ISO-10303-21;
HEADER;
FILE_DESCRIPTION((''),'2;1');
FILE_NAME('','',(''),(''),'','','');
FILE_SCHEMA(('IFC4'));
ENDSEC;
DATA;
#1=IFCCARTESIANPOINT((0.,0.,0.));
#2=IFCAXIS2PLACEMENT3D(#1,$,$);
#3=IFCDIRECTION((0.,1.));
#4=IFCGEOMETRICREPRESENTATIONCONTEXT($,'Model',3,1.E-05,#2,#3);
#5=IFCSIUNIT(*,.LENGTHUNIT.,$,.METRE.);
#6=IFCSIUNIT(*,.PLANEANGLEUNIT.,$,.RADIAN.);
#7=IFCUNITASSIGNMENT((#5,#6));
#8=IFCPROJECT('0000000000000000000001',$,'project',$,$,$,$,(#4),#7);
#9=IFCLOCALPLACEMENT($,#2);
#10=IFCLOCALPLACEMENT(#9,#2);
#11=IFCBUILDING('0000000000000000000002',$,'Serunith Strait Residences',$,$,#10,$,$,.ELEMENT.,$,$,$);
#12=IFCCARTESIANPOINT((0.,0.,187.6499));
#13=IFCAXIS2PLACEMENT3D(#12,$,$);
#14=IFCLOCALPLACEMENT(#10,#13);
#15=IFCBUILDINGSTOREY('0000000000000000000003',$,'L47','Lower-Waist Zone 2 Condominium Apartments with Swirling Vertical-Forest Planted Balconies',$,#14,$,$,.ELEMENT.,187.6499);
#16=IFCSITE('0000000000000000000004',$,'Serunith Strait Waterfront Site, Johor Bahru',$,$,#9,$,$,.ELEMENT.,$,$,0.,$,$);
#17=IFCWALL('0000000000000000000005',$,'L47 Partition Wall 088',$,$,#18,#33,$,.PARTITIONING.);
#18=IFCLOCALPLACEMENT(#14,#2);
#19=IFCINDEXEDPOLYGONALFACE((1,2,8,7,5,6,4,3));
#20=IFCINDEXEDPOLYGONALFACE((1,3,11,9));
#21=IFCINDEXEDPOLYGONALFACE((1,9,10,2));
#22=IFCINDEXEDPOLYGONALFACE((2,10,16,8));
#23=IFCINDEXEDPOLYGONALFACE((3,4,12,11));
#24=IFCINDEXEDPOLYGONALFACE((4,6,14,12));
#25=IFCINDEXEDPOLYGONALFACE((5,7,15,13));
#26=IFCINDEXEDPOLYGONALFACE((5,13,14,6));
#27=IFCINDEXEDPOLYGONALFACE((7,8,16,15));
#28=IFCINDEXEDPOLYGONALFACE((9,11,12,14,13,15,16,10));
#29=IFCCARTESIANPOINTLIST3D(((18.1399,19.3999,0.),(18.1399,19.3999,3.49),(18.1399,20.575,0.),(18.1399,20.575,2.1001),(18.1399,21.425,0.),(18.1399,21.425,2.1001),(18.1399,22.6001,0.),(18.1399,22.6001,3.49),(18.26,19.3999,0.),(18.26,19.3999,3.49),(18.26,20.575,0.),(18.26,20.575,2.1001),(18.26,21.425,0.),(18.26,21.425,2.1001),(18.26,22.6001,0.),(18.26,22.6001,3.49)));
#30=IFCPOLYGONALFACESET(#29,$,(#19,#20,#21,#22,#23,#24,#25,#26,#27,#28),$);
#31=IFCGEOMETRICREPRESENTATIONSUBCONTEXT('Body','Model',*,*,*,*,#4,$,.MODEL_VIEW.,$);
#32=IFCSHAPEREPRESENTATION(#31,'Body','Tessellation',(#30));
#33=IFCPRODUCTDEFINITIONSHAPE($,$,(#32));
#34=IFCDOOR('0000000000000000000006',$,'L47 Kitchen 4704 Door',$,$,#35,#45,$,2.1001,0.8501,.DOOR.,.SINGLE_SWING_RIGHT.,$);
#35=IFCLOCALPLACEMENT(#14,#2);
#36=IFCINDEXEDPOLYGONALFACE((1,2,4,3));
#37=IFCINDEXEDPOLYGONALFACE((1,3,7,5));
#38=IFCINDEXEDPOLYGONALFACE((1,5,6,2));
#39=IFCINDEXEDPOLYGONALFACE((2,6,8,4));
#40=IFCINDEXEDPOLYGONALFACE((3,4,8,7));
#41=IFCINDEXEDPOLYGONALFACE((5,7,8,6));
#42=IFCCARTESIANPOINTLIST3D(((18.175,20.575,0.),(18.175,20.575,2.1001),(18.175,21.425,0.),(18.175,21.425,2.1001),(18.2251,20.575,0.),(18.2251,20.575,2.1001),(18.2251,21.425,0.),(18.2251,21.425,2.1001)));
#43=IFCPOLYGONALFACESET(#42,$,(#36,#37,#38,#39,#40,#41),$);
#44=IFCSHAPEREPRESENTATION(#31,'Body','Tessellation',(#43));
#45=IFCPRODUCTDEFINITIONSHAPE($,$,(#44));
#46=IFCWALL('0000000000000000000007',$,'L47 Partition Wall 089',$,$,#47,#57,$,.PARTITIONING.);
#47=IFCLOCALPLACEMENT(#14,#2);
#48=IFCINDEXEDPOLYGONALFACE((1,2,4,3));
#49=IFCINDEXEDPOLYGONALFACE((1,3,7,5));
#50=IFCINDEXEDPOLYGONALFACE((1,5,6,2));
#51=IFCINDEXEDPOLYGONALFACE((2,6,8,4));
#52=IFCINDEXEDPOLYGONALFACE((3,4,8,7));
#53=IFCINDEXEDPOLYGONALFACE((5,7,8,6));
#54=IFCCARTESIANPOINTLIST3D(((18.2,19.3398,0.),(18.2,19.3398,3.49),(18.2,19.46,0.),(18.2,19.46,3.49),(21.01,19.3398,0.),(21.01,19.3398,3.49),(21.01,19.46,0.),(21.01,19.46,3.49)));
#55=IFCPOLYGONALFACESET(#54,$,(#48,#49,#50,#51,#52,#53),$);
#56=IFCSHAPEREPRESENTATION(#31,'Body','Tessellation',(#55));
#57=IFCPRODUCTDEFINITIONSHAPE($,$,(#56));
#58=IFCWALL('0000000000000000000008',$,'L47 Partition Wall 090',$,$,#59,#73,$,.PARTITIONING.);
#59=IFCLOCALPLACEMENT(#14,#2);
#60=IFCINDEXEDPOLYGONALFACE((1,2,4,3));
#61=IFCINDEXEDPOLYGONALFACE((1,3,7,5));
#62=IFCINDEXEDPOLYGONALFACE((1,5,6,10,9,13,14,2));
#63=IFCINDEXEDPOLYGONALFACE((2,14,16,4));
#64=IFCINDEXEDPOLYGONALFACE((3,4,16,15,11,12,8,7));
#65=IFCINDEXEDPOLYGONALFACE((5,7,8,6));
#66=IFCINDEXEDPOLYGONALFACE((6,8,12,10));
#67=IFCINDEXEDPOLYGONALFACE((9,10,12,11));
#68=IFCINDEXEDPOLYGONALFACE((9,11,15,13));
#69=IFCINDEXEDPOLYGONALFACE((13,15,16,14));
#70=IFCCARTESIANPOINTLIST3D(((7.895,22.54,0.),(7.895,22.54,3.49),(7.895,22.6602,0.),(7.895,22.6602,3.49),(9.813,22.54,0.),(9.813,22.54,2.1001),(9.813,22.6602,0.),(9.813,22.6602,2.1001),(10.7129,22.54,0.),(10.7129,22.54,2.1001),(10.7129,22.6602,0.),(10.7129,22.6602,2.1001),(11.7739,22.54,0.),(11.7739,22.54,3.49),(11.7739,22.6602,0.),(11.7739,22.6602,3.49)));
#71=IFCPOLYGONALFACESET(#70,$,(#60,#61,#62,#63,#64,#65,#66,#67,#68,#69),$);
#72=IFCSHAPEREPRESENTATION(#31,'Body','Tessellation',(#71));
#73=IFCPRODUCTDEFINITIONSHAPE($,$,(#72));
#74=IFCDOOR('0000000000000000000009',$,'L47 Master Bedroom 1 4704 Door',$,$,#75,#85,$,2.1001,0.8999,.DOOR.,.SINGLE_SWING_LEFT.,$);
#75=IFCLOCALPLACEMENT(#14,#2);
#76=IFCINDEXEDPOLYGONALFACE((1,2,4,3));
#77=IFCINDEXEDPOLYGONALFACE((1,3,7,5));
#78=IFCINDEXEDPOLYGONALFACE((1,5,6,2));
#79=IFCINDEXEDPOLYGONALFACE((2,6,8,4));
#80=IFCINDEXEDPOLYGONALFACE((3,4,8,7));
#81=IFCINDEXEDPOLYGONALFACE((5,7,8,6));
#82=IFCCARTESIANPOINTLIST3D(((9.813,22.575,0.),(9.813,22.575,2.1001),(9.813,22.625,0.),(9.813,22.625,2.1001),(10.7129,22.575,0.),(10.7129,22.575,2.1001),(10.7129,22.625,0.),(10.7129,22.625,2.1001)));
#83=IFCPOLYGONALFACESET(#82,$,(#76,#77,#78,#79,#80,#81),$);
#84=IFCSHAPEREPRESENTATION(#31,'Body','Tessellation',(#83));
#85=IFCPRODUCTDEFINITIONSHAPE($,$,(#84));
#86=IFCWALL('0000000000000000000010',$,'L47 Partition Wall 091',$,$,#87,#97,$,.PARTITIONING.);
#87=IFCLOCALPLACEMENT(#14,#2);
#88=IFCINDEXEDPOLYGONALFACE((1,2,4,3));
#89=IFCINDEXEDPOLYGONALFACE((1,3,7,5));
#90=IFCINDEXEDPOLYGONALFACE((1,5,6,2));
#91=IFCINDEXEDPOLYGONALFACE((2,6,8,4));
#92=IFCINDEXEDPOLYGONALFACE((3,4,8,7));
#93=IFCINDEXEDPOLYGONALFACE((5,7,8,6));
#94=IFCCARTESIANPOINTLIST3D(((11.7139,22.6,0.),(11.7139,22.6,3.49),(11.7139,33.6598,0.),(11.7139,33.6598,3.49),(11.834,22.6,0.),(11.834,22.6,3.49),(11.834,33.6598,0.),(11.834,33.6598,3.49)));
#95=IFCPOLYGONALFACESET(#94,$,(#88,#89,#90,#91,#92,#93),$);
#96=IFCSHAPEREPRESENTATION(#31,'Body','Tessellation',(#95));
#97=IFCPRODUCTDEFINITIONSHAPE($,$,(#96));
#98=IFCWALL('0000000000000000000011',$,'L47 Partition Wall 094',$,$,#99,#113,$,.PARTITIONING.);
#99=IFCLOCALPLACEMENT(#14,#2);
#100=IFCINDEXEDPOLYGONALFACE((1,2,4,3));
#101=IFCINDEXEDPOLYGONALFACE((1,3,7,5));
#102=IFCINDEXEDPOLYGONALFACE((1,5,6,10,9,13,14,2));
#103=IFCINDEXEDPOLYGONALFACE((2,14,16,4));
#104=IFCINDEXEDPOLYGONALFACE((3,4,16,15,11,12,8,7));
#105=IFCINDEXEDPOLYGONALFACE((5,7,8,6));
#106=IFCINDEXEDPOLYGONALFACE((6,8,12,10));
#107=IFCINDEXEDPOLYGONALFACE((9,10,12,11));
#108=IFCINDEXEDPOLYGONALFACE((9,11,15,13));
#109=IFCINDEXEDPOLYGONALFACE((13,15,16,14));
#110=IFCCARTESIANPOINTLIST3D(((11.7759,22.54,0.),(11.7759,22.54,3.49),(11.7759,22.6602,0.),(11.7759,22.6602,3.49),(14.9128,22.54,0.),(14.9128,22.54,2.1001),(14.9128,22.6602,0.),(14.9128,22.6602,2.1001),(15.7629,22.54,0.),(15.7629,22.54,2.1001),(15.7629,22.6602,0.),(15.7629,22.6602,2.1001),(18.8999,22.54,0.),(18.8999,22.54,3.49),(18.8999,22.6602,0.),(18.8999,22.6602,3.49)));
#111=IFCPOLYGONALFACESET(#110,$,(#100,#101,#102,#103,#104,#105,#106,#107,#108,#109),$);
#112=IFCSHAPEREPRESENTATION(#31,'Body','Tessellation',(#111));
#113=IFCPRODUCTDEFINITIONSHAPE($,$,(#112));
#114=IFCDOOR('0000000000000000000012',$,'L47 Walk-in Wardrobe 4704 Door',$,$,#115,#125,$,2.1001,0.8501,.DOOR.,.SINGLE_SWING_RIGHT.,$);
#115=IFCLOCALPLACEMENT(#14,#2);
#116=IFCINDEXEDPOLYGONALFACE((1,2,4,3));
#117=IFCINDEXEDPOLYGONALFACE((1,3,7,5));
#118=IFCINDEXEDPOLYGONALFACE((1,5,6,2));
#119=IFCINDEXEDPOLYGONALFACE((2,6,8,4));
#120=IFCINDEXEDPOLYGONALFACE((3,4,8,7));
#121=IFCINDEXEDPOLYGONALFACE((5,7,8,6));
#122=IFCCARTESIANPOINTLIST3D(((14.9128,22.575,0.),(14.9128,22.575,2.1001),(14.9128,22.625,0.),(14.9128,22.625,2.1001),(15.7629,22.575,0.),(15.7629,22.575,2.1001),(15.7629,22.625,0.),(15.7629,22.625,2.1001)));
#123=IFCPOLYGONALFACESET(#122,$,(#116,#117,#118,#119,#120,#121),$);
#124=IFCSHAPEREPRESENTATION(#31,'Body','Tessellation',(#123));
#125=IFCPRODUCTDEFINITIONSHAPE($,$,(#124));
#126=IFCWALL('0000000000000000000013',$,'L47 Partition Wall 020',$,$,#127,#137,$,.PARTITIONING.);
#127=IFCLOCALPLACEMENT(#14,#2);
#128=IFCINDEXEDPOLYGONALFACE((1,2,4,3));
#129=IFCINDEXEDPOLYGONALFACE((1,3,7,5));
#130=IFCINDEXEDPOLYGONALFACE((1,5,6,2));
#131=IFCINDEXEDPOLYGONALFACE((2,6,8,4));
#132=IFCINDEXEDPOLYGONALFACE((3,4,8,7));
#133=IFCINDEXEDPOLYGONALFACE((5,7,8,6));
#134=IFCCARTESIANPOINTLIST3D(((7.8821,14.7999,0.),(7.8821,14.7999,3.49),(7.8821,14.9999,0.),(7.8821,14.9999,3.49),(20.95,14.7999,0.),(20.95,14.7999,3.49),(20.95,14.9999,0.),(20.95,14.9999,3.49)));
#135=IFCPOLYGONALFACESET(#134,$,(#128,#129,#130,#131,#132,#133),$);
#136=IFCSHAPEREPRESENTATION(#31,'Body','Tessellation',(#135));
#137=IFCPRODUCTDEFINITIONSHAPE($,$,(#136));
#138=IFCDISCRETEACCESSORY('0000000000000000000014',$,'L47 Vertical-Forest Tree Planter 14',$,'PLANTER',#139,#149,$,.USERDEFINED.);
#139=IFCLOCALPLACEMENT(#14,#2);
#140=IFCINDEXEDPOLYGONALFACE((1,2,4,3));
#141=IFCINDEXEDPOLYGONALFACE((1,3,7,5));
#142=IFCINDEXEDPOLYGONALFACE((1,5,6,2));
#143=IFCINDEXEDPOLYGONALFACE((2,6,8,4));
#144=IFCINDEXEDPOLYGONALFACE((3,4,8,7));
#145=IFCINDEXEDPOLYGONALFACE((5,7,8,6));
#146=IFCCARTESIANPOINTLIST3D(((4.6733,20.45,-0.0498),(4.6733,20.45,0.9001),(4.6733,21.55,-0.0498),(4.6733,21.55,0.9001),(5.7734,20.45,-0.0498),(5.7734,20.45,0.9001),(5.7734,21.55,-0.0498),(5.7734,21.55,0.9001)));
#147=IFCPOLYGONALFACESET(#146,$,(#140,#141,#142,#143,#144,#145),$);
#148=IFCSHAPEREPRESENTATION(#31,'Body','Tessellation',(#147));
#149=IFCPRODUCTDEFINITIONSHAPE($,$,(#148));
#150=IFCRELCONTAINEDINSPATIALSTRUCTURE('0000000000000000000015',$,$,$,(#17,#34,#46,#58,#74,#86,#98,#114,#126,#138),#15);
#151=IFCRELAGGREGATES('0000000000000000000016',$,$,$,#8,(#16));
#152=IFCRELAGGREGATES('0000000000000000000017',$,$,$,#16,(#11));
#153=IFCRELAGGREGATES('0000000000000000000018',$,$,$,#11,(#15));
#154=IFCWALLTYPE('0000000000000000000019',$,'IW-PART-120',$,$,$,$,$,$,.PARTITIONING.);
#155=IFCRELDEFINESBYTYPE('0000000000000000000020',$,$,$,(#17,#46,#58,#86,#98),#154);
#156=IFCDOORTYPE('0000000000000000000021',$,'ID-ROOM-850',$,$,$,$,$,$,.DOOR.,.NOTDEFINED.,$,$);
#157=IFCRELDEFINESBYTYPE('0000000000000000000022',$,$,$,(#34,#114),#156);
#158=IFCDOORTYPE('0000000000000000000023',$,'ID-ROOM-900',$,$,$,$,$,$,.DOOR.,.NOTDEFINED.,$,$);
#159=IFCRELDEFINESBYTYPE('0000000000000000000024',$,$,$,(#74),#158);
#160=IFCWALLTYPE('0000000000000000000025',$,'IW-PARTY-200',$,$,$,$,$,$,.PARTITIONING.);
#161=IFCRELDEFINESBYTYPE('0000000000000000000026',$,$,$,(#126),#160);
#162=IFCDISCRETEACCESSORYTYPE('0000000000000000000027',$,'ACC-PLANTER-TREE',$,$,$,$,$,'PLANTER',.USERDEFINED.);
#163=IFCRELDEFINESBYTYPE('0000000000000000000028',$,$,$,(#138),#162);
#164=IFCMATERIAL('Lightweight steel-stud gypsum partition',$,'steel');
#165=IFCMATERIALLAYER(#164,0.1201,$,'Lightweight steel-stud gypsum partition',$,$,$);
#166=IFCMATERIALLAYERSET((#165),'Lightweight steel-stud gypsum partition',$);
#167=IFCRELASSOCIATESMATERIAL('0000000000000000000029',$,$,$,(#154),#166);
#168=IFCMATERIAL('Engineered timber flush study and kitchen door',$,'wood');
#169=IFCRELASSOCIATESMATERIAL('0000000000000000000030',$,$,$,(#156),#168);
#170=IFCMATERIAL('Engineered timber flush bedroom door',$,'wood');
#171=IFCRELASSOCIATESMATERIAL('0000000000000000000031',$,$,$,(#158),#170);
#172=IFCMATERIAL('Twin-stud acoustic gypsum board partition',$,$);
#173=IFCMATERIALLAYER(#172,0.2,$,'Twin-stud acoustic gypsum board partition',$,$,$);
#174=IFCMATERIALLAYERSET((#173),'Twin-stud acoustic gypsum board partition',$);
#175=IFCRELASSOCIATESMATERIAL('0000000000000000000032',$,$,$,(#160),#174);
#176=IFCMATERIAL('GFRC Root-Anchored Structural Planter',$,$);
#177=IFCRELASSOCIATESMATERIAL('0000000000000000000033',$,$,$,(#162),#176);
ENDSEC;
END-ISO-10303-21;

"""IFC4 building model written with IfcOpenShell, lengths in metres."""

from ifc_helpers import new_model, si_unit, direction, frame, frame_2d, origin, origin_2d, place, context, subcontext, project, spatial, rectangle, extrude, source, transform, mapped, material, layer, layer_set, type_object, element, fill, save


model = new_model("IFC4")

# Units and contexts
model_context = context("Model", 3, precision=1e-05, world=origin(), true_north=direction((0.0, 1.0)))
body_context = subcontext(model_context, "Body", "Model", "MODEL_VIEW")
ifc_project = project(units=[si_unit("LENGTHUNIT", "METRE"), si_unit("PLANEANGLEUNIT", "RADIAN")], contexts=[model_context])

# Site, building, storey
site_placement = place(None, origin())
site = spatial("IfcSite", under=ifc_project, at=site_placement, Name="Serunith Strait Waterfront Site, Johor Bahru", CompositionType="ELEMENT", RefElevation=0.0)
building_placement = place(site_placement, origin())
building = spatial("IfcBuilding", under=site, at=building_placement, Name="Serunith Strait Residences", CompositionType="ELEMENT")
storey_placement = place(building_placement, frame((0.0, 0.0, 187.6499)))
storey = spatial("IfcBuildingStorey", under=building, at=storey_placement, Name="L47", Description="Lower-Waist Zone 2 Condominium Apartments with Swirling Vertical-Forest Planted Balconies", CompositionType="ELEMENT", Elevation=187.6499)

# Wall, opening, door
ifc_material_1 = material(Name="Lightweight steel-stud gypsum partition", Category="steel")
ifc_layer_1 = layer(ifc_material_1, 0.1201, Name="Lightweight steel-stud gypsum partition")
ifc_layer_set_1 = layer_set([ifc_layer_1], Name="Lightweight steel-stud gypsum partition")
wall_type_1 = type_object("IfcWallType", Name="IW-PART-120", PredefinedType="PARTITIONING", material=ifc_layer_set_1)
wall_1_placement = place(storey_placement, frame((18.2, 19.3999, 0.0), z_axis=(0.0, 0.0, 1.0), x_axis=(0.0, 1.0, 0.0)))
wall_1 = element("IfcWall", 1, at=wall_1_placement, inside=storey, type_object=wall_type_1, Name="L47 Partition Wall 088", PredefinedType="PARTITIONING", context=body_context, shape_type="SweptSolid", body=[
    extrude(rectangle(XDim=3.2002, YDim=0.1201, at=frame_2d((1.6001, 0.0))), origin(), (0.0, 0.0, 1.0), 3.49),
])
opening_1_placement = place(wall_1_placement, frame((1.175, 0.0, 0.0)))
opening_1 = element("IfcOpeningElement", 2, at=opening_1_placement, cuts=wall_1, PredefinedType="OPENING", context=body_context, shape_type="SweptSolid", body=[
    extrude(rectangle(XDim=0.8501, YDim=2.1001, at=frame_2d((0.425, 1.05))), frame((0.0, 0.0701, 0.0), z_axis=(0.0, -1.0, 0.0), x_axis=(1.0, 0.0, 0.0)), (0.0, 0.0, 1.0), 0.1401),
])
ifc_material_2 = material(Name="Engineered timber flush study and kitchen door", Category="wood")
door_type_1 = type_object("IfcDoorType", Name="ID-ROOM-850", OperationType="NOTDEFINED", PredefinedType="DOOR", material=ifc_material_2)
shared_shape_1 = source(origin(), body_context, "Body", "SweptSolid", [
    extrude(rectangle(XDim=0.8501, YDim=2.1001, at=frame_2d((0.425, 1.05))), frame((0.0, 0.0249, 0.0), z_axis=(0.0, -1.0, 0.0), x_axis=(1.0, 0.0, 0.0)), (0.0, 0.0, 1.0), 0.05),
])
door_1_placement = place(opening_1_placement, origin())
door_1 = element("IfcDoor", 3, at=door_1_placement, inside=storey, type_object=door_type_1, Name="L47 Kitchen 4704 Door", OperationType="SINGLE_SWING_RIGHT", OverallHeight=2.1001, OverallWidth=0.8501, PredefinedType="DOOR", context=body_context, shape_type="MappedRepresentation", body=[
    mapped(shared_shape_1, transform((0.0, 0.0, 0.0), scale=1.0)),
])
fill(opening_1, door_1)

# Wall
wall_2_placement = place(storey_placement, frame((18.2, 19.3999, 0.0), z_axis=(0.0, 0.0, 1.0), x_axis=(1.0, 0.0, 0.0)))
element("IfcWall", 4, at=wall_2_placement, inside=storey, type_object=wall_type_1, Name="L47 Partition Wall 089", PredefinedType="PARTITIONING", context=body_context, shape_type="SweptSolid", body=[
    extrude(rectangle(XDim=2.8101, YDim=0.1201, at=frame_2d((1.405, 0.0))), origin(), (0.0, 0.0, 1.0), 3.49),
])

# Wall, opening, door
wall_3_placement = place(storey_placement, frame((7.895, 22.6001, 0.0), z_axis=(0.0, 0.0, 1.0), x_axis=(1.0, 0.0, 0.0)))
wall_3 = element("IfcWall", 5, at=wall_3_placement, inside=storey, type_object=wall_type_1, Name="L47 Partition Wall 090", PredefinedType="PARTITIONING", context=body_context, shape_type="SweptSolid", body=[
    extrude(rectangle(XDim=3.8789, YDim=0.1201, at=frame_2d((1.9395, 0.0))), origin(), (0.0, 0.0, 1.0), 3.49),
])
opening_2_placement = place(wall_3_placement, frame((1.918, 0.0, 0.0)))
opening_2 = element("IfcOpeningElement", 6, at=opening_2_placement, cuts=wall_3, PredefinedType="OPENING", context=body_context, shape_type="SweptSolid", body=[
    extrude(rectangle(XDim=0.8999, YDim=2.1001, at=frame_2d((0.45, 1.05))), frame((0.0, 0.0701, 0.0), z_axis=(0.0, -1.0, 0.0), x_axis=(1.0, 0.0, 0.0)), (0.0, 0.0, 1.0), 0.1401),
])
ifc_material_3 = material(Name="Engineered timber flush bedroom door", Category="wood")
door_type_2 = type_object("IfcDoorType", Name="ID-ROOM-900", OperationType="NOTDEFINED", PredefinedType="DOOR", material=ifc_material_3)
shared_shape_2 = source(origin(), body_context, "Body", "SweptSolid", [
    extrude(rectangle(XDim=0.8999, YDim=2.1001, at=frame_2d((0.45, 1.05))), frame((0.0, 0.0249, 0.0), z_axis=(0.0, -1.0, 0.0), x_axis=(1.0, 0.0, 0.0)), (0.0, 0.0, 1.0), 0.05),
])
door_2_placement = place(opening_2_placement, origin())
door_2 = element("IfcDoor", 7, at=door_2_placement, inside=storey, type_object=door_type_2, Name="L47 Master Bedroom 1 4704 Door", OperationType="SINGLE_SWING_LEFT", OverallHeight=2.1001, OverallWidth=0.8999, PredefinedType="DOOR", context=body_context, shape_type="MappedRepresentation", body=[
    mapped(shared_shape_2, transform((0.0, 0.0, 0.0), scale=1.0)),
])
fill(opening_2, door_2)

# Wall
wall_4_placement = place(storey_placement, frame((11.7739, 22.6001, 0.0), z_axis=(0.0, 0.0, 1.0), x_axis=(0.0, 1.0, 0.0)))
element("IfcWall", 8, at=wall_4_placement, inside=storey, type_object=wall_type_1, Name="L47 Partition Wall 091", PredefinedType="PARTITIONING", context=body_context, shape_type="SweptSolid", body=[
    extrude(rectangle(XDim=11.0598, YDim=0.1201, at=frame_2d((5.5298, 0.0))), origin(), (0.0, 0.0, 1.0), 3.49),
])

# Wall, opening, door
wall_5_placement = place(storey_placement, frame((11.7759, 22.6001, 0.0), z_axis=(0.0, 0.0, 1.0), x_axis=(1.0, 0.0, 0.0)))
wall_5 = element("IfcWall", 9, at=wall_5_placement, inside=storey, type_object=wall_type_1, Name="L47 Partition Wall 094", PredefinedType="PARTITIONING", context=body_context, shape_type="SweptSolid", body=[
    extrude(rectangle(XDim=7.124, YDim=0.1201, at=frame_2d((3.562, 0.0))), origin(), (0.0, 0.0, 1.0), 3.49),
])
opening_3_placement = place(wall_5_placement, frame((3.137, 0.0, 0.0)))
opening_3 = element("IfcOpeningElement", 10, at=opening_3_placement, cuts=wall_5, PredefinedType="OPENING", context=body_context, shape_type="SweptSolid", body=[
    extrude(rectangle(XDim=0.8501, YDim=2.1001, at=frame_2d((0.425, 1.05))), frame((0.0, 0.0701, 0.0), z_axis=(0.0, -1.0, 0.0), x_axis=(1.0, 0.0, 0.0)), (0.0, 0.0, 1.0), 0.1401),
])
door_3_placement = place(opening_3_placement, origin())
door_3 = element("IfcDoor", 11, at=door_3_placement, inside=storey, type_object=door_type_1, Name="L47 Walk-in Wardrobe 4704 Door", OperationType="SINGLE_SWING_RIGHT", OverallHeight=2.1001, OverallWidth=0.8501, PredefinedType="DOOR", context=body_context, shape_type="MappedRepresentation", body=[
    mapped(shared_shape_1, transform((0.0, 0.0, 0.0), scale=1.0)),
])
fill(opening_3, door_3)

# Wall
ifc_material_4 = material(Name="Twin-stud acoustic gypsum board partition")
ifc_layer_2 = layer(ifc_material_4, 0.2, Name="Twin-stud acoustic gypsum board partition")
ifc_layer_set_2 = layer_set([ifc_layer_2], Name="Twin-stud acoustic gypsum board partition")
wall_type_2 = type_object("IfcWallType", Name="IW-PARTY-200", PredefinedType="PARTITIONING", material=ifc_layer_set_2)
wall_6_placement = place(storey_placement, frame((7.8821, 14.8999, 0.0), z_axis=(0.0, 0.0, 1.0), x_axis=(1.0, 0.0, 0.0)))
element("IfcWall", 12, at=wall_6_placement, inside=storey, type_object=wall_type_2, Name="L47 Partition Wall 020", PredefinedType="PARTITIONING", context=body_context, shape_type="SweptSolid", body=[
    extrude(rectangle(XDim=13.0679, YDim=0.2, at=frame_2d((6.5339, 0.0))), origin(), (0.0, 0.0, 1.0), 3.49),
])

# Discrete accessory
ifc_material_5 = material(Name="GFRC Root-Anchored Structural Planter")
discrete_accessory_type = type_object("IfcDiscreteAccessoryType", Name="ACC-PLANTER-TREE", ElementType="PLANTER", PredefinedType="USERDEFINED", material=ifc_material_5)
shared_shape_3 = source(origin(), body_context, "Body", "SweptSolid", [
    extrude(rectangle(XDim=1.1001, YDim=1.1001, at=origin_2d()), origin(), (0.0, 0.0, 1.0), 0.95),
])
discrete_accessory_placement = place(storey_placement, frame((5.2234, 21.0, -0.0498), z_axis=(0.0, 0.0, 1.0), x_axis=(0.0, -1.0, 0.0)))
element("IfcDiscreteAccessory", 13, at=discrete_accessory_placement, inside=storey, type_object=discrete_accessory_type, Name="L47 Vertical-Forest Tree Planter 14", ObjectType="PLANTER", PredefinedType="USERDEFINED", context=body_context, shape_type="MappedRepresentation", body=[
    mapped(shared_shape_3, transform((0.0, 0.0, 0.0), scale=1.0)),
])

save(model, "model.ifc")
